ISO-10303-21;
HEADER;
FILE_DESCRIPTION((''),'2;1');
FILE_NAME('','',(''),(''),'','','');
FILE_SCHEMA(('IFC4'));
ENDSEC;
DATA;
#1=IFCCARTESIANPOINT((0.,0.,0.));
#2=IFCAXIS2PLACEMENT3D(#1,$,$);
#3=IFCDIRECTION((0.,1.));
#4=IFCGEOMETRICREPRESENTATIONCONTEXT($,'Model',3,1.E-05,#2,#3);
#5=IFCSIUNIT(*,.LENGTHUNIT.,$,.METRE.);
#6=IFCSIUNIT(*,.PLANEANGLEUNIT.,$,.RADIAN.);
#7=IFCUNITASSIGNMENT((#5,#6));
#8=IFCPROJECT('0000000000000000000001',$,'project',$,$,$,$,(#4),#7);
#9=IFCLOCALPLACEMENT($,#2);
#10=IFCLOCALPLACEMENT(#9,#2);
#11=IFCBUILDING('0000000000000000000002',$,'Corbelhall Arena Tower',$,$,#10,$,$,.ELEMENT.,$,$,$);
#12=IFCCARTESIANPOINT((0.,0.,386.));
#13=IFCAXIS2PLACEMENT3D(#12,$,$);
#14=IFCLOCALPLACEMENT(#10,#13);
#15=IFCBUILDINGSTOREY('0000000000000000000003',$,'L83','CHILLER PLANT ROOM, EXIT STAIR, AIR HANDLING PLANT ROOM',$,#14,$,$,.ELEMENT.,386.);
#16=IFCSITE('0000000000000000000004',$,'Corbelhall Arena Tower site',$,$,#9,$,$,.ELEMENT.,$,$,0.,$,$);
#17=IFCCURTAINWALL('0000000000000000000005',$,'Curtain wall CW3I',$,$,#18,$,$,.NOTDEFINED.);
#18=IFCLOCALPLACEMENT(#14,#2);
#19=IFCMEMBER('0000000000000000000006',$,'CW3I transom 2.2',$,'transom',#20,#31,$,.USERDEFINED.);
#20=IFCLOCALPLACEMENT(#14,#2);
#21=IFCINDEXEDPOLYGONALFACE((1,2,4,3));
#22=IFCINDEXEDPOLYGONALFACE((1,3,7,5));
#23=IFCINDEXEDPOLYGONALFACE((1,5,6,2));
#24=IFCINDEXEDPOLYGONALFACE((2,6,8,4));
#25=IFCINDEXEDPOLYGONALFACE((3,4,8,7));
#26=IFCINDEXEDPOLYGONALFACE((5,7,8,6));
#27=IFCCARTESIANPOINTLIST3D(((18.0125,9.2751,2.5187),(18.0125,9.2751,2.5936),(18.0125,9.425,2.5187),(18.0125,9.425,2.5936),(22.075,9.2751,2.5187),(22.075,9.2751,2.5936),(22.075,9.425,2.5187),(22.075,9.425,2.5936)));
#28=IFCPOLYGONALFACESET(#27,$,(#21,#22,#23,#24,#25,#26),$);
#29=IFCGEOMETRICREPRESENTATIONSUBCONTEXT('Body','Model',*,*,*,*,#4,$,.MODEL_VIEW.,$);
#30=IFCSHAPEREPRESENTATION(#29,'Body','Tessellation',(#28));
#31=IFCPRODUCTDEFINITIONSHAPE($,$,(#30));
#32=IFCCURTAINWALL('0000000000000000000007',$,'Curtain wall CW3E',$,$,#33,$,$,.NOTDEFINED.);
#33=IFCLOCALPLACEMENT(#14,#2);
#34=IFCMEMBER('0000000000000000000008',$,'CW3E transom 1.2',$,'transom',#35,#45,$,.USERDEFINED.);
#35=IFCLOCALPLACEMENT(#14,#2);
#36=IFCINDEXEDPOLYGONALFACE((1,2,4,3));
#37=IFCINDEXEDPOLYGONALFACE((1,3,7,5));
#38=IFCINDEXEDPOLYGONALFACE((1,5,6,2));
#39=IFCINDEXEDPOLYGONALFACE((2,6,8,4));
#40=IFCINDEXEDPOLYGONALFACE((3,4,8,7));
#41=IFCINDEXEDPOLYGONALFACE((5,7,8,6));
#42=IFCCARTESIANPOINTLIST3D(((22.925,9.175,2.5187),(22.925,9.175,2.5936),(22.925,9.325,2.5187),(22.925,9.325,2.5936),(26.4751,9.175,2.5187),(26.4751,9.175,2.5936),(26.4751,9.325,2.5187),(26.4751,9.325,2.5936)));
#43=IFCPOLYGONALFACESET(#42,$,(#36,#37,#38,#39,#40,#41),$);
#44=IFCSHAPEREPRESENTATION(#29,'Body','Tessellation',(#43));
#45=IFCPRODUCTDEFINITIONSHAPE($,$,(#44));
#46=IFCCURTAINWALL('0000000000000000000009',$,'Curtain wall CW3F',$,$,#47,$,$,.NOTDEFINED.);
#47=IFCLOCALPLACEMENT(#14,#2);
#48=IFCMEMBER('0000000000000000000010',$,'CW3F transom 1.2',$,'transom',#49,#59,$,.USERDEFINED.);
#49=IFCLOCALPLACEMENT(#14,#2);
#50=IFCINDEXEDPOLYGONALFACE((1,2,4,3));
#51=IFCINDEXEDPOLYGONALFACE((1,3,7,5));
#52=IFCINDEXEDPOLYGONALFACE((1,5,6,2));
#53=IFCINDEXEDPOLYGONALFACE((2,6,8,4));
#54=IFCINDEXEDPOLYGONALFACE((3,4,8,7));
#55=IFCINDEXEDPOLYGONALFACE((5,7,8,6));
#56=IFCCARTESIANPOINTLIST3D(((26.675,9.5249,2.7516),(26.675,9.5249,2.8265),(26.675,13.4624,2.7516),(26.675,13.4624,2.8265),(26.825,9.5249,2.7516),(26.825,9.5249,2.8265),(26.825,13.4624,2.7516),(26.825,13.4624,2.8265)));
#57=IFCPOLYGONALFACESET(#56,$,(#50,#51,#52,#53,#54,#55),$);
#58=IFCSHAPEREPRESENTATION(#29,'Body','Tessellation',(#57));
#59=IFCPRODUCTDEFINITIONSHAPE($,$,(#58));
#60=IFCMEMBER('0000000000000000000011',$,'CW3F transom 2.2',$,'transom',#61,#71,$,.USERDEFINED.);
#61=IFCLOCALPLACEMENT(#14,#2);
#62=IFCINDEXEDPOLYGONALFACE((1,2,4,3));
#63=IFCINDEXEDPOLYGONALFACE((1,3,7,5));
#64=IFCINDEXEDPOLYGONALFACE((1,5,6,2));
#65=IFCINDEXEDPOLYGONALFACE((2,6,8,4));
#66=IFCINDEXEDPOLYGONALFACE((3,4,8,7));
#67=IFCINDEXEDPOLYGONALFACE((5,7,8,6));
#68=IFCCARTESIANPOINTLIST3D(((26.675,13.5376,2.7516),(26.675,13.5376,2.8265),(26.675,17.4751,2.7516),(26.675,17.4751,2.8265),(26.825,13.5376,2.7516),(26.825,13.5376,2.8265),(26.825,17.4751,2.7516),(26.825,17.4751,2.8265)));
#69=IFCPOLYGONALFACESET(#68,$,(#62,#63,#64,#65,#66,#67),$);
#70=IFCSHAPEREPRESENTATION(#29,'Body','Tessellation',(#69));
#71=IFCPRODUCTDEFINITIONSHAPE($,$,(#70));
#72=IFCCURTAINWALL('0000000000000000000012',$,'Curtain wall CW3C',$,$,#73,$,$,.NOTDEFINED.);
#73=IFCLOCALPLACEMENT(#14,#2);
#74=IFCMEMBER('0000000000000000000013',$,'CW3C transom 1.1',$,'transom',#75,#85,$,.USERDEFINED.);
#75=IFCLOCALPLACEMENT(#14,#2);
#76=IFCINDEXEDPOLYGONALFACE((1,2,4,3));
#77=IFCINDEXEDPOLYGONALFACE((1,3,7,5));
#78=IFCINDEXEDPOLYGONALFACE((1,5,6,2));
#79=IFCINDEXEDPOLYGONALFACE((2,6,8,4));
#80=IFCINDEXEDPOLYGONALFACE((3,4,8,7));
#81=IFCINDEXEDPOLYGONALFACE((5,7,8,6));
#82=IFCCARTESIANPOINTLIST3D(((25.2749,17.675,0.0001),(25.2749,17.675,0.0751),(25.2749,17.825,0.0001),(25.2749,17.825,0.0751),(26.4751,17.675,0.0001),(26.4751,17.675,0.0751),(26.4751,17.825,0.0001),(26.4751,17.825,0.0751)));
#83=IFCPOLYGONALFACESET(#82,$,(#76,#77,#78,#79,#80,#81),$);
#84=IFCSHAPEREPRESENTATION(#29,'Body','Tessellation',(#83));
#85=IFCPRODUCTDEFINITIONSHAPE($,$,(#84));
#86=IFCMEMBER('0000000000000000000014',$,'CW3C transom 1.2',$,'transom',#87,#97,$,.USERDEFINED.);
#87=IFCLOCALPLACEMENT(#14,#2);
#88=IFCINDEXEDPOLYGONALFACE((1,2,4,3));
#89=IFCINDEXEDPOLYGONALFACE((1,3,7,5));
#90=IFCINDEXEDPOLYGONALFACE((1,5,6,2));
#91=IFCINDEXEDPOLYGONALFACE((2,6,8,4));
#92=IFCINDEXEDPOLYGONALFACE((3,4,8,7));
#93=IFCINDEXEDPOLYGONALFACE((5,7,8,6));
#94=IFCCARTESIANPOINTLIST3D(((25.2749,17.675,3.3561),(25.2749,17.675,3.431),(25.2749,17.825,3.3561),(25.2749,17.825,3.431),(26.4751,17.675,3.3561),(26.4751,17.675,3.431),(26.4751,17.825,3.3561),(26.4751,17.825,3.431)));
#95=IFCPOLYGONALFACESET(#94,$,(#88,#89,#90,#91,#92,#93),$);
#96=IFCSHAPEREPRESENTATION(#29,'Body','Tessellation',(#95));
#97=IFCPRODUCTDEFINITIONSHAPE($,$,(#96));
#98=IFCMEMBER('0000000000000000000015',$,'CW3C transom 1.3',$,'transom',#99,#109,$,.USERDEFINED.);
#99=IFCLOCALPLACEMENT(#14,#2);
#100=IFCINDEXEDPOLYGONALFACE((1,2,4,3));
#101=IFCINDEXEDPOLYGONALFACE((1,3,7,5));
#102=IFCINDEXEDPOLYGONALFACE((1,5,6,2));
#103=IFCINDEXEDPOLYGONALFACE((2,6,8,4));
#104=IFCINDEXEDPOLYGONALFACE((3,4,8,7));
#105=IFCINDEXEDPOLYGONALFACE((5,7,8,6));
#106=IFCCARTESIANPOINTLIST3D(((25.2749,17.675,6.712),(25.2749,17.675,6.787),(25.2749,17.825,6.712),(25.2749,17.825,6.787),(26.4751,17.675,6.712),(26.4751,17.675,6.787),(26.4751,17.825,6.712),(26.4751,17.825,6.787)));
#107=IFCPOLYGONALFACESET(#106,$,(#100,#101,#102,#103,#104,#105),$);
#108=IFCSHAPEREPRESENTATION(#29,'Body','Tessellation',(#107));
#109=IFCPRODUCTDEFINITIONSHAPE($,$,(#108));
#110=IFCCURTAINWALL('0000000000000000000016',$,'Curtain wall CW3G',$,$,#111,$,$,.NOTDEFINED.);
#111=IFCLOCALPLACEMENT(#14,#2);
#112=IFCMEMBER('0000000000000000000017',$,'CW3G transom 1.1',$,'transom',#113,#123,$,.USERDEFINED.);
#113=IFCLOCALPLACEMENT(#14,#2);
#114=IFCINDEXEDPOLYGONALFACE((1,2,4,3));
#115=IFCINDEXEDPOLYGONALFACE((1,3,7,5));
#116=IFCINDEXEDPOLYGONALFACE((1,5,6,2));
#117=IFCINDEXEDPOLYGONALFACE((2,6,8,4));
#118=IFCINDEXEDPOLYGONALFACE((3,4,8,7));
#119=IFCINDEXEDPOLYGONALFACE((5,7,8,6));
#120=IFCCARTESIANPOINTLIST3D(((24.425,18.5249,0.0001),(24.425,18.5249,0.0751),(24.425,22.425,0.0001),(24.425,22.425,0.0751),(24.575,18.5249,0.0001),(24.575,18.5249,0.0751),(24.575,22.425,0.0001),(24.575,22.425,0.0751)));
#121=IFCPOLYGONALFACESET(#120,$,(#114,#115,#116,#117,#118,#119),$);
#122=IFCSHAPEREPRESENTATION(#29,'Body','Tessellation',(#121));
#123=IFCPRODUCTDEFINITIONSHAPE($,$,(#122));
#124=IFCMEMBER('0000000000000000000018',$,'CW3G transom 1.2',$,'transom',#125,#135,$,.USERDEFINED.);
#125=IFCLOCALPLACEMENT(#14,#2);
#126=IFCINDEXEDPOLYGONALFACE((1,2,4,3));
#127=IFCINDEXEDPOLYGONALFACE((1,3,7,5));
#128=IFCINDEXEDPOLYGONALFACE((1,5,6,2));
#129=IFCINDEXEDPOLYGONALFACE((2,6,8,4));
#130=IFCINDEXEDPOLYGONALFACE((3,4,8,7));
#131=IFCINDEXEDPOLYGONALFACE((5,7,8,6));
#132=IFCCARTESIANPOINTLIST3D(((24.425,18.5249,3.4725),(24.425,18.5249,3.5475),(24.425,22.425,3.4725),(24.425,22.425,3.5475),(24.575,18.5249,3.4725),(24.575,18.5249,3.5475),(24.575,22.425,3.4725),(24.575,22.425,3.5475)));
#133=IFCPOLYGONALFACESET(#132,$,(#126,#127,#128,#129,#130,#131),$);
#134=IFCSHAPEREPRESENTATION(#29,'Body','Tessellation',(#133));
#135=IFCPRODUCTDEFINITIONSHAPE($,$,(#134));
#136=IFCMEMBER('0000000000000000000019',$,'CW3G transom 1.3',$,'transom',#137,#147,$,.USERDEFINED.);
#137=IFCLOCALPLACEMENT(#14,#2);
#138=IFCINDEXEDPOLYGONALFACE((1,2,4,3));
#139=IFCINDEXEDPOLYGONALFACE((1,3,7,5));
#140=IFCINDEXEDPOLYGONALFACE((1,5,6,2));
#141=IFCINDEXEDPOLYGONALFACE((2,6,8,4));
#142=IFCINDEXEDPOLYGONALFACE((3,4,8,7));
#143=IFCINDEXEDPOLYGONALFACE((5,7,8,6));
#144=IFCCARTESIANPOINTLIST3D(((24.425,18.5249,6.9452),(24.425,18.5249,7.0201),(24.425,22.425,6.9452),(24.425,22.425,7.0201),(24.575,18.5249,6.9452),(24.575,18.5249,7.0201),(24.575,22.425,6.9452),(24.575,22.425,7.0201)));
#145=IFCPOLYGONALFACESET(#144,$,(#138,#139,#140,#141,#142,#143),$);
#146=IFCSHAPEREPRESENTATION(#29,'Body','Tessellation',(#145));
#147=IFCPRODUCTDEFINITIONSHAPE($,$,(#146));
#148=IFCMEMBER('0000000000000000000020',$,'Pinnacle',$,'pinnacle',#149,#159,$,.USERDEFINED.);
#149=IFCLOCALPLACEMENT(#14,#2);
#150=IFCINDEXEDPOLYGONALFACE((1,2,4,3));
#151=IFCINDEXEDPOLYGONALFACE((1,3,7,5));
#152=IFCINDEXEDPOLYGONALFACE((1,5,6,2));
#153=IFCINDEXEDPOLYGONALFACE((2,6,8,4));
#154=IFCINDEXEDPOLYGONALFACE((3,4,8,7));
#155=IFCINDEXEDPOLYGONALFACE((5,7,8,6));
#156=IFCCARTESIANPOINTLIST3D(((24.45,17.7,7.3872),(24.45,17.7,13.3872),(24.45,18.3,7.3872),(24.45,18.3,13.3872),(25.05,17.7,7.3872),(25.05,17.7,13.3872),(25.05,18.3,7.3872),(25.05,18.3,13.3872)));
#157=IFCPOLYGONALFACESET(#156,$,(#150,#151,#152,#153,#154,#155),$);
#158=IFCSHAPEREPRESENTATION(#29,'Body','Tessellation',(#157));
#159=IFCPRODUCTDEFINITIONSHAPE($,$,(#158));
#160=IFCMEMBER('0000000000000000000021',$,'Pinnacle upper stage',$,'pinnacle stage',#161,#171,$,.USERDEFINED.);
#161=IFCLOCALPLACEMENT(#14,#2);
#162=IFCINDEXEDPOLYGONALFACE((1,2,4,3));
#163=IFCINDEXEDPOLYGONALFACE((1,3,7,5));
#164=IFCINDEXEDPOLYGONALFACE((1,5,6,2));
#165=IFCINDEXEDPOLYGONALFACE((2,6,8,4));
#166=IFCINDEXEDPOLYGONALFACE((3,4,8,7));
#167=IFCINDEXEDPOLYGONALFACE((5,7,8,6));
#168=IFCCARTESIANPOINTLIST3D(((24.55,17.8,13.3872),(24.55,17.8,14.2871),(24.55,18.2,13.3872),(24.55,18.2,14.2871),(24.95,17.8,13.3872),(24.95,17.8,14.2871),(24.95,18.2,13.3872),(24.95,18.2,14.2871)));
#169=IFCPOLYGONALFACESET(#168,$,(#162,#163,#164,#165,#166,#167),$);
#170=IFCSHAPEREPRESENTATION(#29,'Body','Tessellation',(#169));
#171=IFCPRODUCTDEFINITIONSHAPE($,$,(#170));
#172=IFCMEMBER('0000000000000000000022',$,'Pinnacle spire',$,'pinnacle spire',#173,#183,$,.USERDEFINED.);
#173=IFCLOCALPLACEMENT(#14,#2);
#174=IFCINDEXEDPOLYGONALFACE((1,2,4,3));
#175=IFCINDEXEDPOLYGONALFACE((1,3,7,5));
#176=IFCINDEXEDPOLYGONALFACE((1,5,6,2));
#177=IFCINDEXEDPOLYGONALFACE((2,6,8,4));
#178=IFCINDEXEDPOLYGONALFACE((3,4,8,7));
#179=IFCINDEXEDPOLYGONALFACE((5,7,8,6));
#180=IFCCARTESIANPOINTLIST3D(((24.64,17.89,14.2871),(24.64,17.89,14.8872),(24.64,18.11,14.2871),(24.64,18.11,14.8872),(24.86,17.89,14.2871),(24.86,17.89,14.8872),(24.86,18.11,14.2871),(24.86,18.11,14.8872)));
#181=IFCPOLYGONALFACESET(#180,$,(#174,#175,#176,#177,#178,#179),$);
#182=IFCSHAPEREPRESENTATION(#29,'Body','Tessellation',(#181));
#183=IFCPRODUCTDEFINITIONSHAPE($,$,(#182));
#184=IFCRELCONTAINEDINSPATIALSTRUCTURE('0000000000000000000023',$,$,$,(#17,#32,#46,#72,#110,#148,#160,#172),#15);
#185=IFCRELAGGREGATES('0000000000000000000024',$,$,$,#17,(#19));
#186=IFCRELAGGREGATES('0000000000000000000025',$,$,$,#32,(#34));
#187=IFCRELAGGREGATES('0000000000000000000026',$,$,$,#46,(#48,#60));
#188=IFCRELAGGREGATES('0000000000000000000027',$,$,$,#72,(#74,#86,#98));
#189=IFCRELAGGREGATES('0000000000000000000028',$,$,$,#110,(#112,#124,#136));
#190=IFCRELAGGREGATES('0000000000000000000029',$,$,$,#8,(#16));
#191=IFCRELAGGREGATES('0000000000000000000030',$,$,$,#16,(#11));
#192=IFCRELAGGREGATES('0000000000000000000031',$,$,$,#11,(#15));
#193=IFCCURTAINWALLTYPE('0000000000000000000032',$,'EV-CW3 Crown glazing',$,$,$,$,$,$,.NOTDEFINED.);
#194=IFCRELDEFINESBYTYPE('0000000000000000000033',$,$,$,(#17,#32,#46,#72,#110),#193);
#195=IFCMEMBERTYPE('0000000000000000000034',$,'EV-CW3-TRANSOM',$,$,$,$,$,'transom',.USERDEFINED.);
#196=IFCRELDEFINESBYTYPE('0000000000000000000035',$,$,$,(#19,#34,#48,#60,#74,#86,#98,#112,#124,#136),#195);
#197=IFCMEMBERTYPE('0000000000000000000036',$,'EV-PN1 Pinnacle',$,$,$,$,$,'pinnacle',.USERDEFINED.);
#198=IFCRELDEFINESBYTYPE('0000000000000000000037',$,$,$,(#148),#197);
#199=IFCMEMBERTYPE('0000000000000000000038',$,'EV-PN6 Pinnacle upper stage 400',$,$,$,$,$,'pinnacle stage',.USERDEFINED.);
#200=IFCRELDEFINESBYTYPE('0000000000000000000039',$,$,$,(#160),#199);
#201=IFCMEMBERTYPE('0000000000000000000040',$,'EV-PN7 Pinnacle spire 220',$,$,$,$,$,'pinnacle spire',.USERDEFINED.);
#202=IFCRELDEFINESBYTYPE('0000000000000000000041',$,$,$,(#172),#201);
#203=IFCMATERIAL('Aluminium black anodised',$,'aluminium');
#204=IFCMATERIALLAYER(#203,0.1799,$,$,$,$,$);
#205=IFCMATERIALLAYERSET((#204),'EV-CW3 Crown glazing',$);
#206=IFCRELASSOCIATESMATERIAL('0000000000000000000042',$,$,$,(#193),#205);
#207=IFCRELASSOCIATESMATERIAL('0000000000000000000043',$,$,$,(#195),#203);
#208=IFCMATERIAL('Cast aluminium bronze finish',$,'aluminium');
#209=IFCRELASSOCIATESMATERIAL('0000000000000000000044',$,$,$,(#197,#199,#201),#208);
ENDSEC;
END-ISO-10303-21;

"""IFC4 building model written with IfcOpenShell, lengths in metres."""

from ifc_helpers import new_model, si_unit, direction, frame, origin, origin_2d, place, context, subcontext, project, spatial, rectangle, extrude, material, layer, layer_set, material_profile, profile_set, type_object, element, aggregate, save


model = new_model("IFC4")

# Units and contexts
model_context = context("Model", 3, precision=1e-05, world=origin(), true_north=direction((0.0, 1.0)))
body_context = subcontext(model_context, "Body", "Model", "MODEL_VIEW")
ifc_project = project(units=[si_unit("LENGTHUNIT", "METRE"), si_unit("PLANEANGLEUNIT", "RADIAN")], contexts=[model_context])

# Site, building, storey
site_placement = place(None, origin())
site = spatial("IfcSite", under=ifc_project, at=site_placement, Name="Corbelhall Arena Tower site", CompositionType="ELEMENT", RefElevation=0.0)
building_placement = place(site_placement, origin())
building = spatial("IfcBuilding", under=site, at=building_placement, Name="Corbelhall Arena Tower", CompositionType="ELEMENT")
storey_placement = place(building_placement, frame((0.0, 0.0, 386.0)))
storey = spatial("IfcBuildingStorey", under=building, at=storey_placement, Name="L83", Description="CHILLER PLANT ROOM, EXIT STAIR, AIR HANDLING PLANT ROOM", CompositionType="ELEMENT", Elevation=386.0)

# Curtain walls, members
ifc_material_1 = material(Name="Aluminium black anodised", Category="aluminium")
ifc_layer_1 = layer(ifc_material_1, 0.1799)
ifc_layer_set_1 = layer_set([ifc_layer_1], Name="EV-CW3 Crown glazing")
curtain_wall_type = type_object("IfcCurtainWallType", Name="EV-CW3 Crown glazing", PredefinedType="NOTDEFINED", material=ifc_layer_set_1)
curtain_wall_1_placement = place(storey_placement, origin())
curtain_wall_1 = element("IfcCurtainWall", 1, at=curtain_wall_1_placement, inside=storey, type_object=curtain_wall_type, Name="Curtain wall CW3I", PredefinedType="NOTDEFINED")
ifc_material_profile_1 = material_profile(ifc_material_1, rectangle(XDim=0.1499, YDim=0.075, at=origin_2d()))
ifc_profile_set_1 = profile_set([ifc_material_profile_1], Name="Aluminium black anodised")
member_type_1 = type_object("IfcMemberType", Name="EV-CW3-TRANSOM", ElementType="transom", PredefinedType="USERDEFINED", material=ifc_profile_set_1)
member_1_placement = place(storey_placement, frame((18.0125, 9.3501, 2.5562), z_axis=(1.0, 0.0, 0.0), x_axis=(0.0, 1.0, 0.0)))
member_1 = element("IfcMember", 2, at=member_1_placement, type_object=member_type_1, Name="CW3I transom 2.2", ObjectType="transom", PredefinedType="USERDEFINED", context=body_context, shape_type="SweptSolid", body=[
    extrude(rectangle(XDim=0.1499, YDim=0.075, at=origin_2d()), origin(), (0.0, 0.0, 1.0), 4.0625),
])
curtain_wall_2_placement = place(storey_placement, origin())
curtain_wall_2 = element("IfcCurtainWall", 3, at=curtain_wall_2_placement, inside=storey, type_object=curtain_wall_type, Name="Curtain wall CW3E", PredefinedType="NOTDEFINED")
member_2_placement = place(storey_placement, frame((22.925, 9.25, 2.5562), z_axis=(1.0, 0.0, 0.0), x_axis=(0.0, 1.0, 0.0)))
member_2 = element("IfcMember", 4, at=member_2_placement, type_object=member_type_1, Name="CW3E transom 1.2", ObjectType="transom", PredefinedType="USERDEFINED", context=body_context, shape_type="SweptSolid", body=[
    extrude(rectangle(XDim=0.1499, YDim=0.075, at=origin_2d()), origin(), (0.0, 0.0, 1.0), 3.55),
])

# Curtain walls, members
curtain_wall_3_placement = place(storey_placement, origin())
curtain_wall_3 = element("IfcCurtainWall", 5, at=curtain_wall_3_placement, inside=storey, type_object=curtain_wall_type, Name="Curtain wall CW3F", PredefinedType="NOTDEFINED")
member_3_placement = place(storey_placement, frame((26.75, 9.5249, 2.7891), z_axis=(0.0, 1.0, 0.0), x_axis=(-1.0, 0.0, 0.0)))
member_3 = element("IfcMember", 6, at=member_3_placement, type_object=member_type_1, Name="CW3F transom 1.2", ObjectType="transom", PredefinedType="USERDEFINED", context=body_context, shape_type="SweptSolid", body=[
    extrude(rectangle(XDim=0.1499, YDim=0.075, at=origin_2d()), origin(), (0.0, 0.0, 1.0), 3.9375),
])
member_4_placement = place(storey_placement, frame((26.75, 13.5376, 2.7891), z_axis=(0.0, 1.0, 0.0), x_axis=(-1.0, 0.0, 0.0)))
member_4 = element("IfcMember", 7, at=member_4_placement, type_object=member_type_1, Name="CW3F transom 2.2", ObjectType="transom", PredefinedType="USERDEFINED", context=body_context, shape_type="SweptSolid", body=[
    extrude(rectangle(XDim=0.1499, YDim=0.075, at=origin_2d()), origin(), (0.0, 0.0, 1.0), 3.9375),
])
curtain_wall_4_placement = place(storey_placement, origin())
curtain_wall_4 = element("IfcCurtainWall", 8, at=curtain_wall_4_placement, inside=storey, type_object=curtain_wall_type, Name="Curtain wall CW3C", PredefinedType="NOTDEFINED")
member_5_placement = place(storey_placement, frame((26.4751, 17.75, 0.0376), z_axis=(-1.0, 0.0, 0.0), x_axis=(0.0, -1.0, 0.0)))
member_5 = element("IfcMember", 9, at=member_5_placement, type_object=member_type_1, Name="CW3C transom 1.1", ObjectType="transom", PredefinedType="USERDEFINED", context=body_context, shape_type="SweptSolid", body=[
    extrude(rectangle(XDim=0.1499, YDim=0.075, at=origin_2d()), origin(), (0.0, 0.0, 1.0), 1.2002),
])
member_6_placement = place(storey_placement, frame((26.4751, 17.75, 3.3936), z_axis=(-1.0, 0.0, 0.0), x_axis=(0.0, -1.0, 0.0)))
member_6 = element("IfcMember", 10, at=member_6_placement, type_object=member_type_1, Name="CW3C transom 1.2", ObjectType="transom", PredefinedType="USERDEFINED", context=body_context, shape_type="SweptSolid", body=[
    extrude(rectangle(XDim=0.1499, YDim=0.075, at=origin_2d()), origin(), (0.0, 0.0, 1.0), 1.2002),
])
member_7_placement = place(storey_placement, frame((26.4751, 17.75, 6.7495), z_axis=(-1.0, 0.0, 0.0), x_axis=(0.0, -1.0, 0.0)))
member_7 = element("IfcMember", 11, at=member_7_placement, type_object=member_type_1, Name="CW3C transom 1.3", ObjectType="transom", PredefinedType="USERDEFINED", context=body_context, shape_type="SweptSolid", body=[
    extrude(rectangle(XDim=0.1499, YDim=0.075, at=origin_2d()), origin(), (0.0, 0.0, 1.0), 1.2002),
])
curtain_wall_5_placement = place(storey_placement, origin())
curtain_wall_5 = element("IfcCurtainWall", 12, at=curtain_wall_5_placement, inside=storey, type_object=curtain_wall_type, Name="Curtain wall CW3G", PredefinedType="NOTDEFINED")
member_8_placement = place(storey_placement, frame((24.5, 18.5249, 0.0376), z_axis=(0.0, 1.0, 0.0), x_axis=(-1.0, 0.0, 0.0)))
member_8 = element("IfcMember", 13, at=member_8_placement, type_object=member_type_1, Name="CW3G transom 1.1", ObjectType="transom", PredefinedType="USERDEFINED", context=body_context, shape_type="SweptSolid", body=[
    extrude(rectangle(XDim=0.1499, YDim=0.075, at=origin_2d()), origin(), (0.0, 0.0, 1.0), 3.9001),
])
member_9_placement = place(storey_placement, frame((24.5, 18.5249, 3.51), z_axis=(0.0, 1.0, 0.0), x_axis=(-1.0, 0.0, 0.0)))
member_9 = element("IfcMember", 14, at=member_9_placement, type_object=member_type_1, Name="CW3G transom 1.2", ObjectType="transom", PredefinedType="USERDEFINED", context=body_context, shape_type="SweptSolid", body=[
    extrude(rectangle(XDim=0.1499, YDim=0.075, at=origin_2d()), origin(), (0.0, 0.0, 1.0), 3.9001),
])
member_10_placement = place(storey_placement, frame((24.5, 18.5249, 6.9827), z_axis=(0.0, 1.0, 0.0), x_axis=(-1.0, 0.0, 0.0)))
member_10 = element("IfcMember", 15, at=member_10_placement, type_object=member_type_1, Name="CW3G transom 1.3", ObjectType="transom", PredefinedType="USERDEFINED", context=body_context, shape_type="SweptSolid", body=[
    extrude(rectangle(XDim=0.1499, YDim=0.075, at=origin_2d()), origin(), (0.0, 0.0, 1.0), 3.9001),
])

# Members
ifc_material_2 = material(Name="Cast aluminium bronze finish", Category="aluminium")
ifc_material_profile_2 = material_profile(ifc_material_2, rectangle(XDim=0.6001, YDim=0.6001, at=origin_2d()))
ifc_profile_set_2 = profile_set([ifc_material_profile_2], Name="Cast aluminium bronze finish")
member_type_2 = type_object("IfcMemberType", Name="EV-PN1 Pinnacle", ElementType="pinnacle", PredefinedType="USERDEFINED", material=ifc_profile_set_2)
member_11_placement = place(storey_placement, frame((24.75, 18.0, 7.3872), z_axis=(0.0, 0.0, 1.0), x_axis=(1.0, 0.0, 0.0)))
element("IfcMember", 16, at=member_11_placement, inside=storey, type_object=member_type_2, Name="Pinnacle", ObjectType="pinnacle", PredefinedType="USERDEFINED", context=body_context, shape_type="SweptSolid", body=[
    extrude(rectangle(XDim=0.6001, YDim=0.6001, at=origin_2d()), origin(), (0.0, 0.0, 1.0), 6.0),
])
ifc_material_profile_3 = material_profile(ifc_material_2, rectangle(XDim=0.3999, YDim=0.3999, at=origin_2d()))
ifc_profile_set_3 = profile_set([ifc_material_profile_3], Name="Cast aluminium bronze finish")
member_type_3 = type_object("IfcMemberType", Name="EV-PN6 Pinnacle upper stage 400", ElementType="pinnacle stage", PredefinedType="USERDEFINED", material=ifc_profile_set_3)
member_12_placement = place(storey_placement, frame((24.75, 18.0, 13.3872), z_axis=(0.0, 0.0, 1.0), x_axis=(1.0, 0.0, 0.0)))
element("IfcMember", 17, at=member_12_placement, inside=storey, type_object=member_type_3, Name="Pinnacle upper stage", ObjectType="pinnacle stage", PredefinedType="USERDEFINED", context=body_context, shape_type="SweptSolid", body=[
    extrude(rectangle(XDim=0.3999, YDim=0.3999, at=origin_2d()), origin(), (0.0, 0.0, 1.0), 0.8999),
])
ifc_material_profile_4 = material_profile(ifc_material_2, rectangle(XDim=0.22, YDim=0.22, at=origin_2d()))
ifc_profile_set_4 = profile_set([ifc_material_profile_4], Name="Cast aluminium bronze finish")
member_type_4 = type_object("IfcMemberType", Name="EV-PN7 Pinnacle spire 220", ElementType="pinnacle spire", PredefinedType="USERDEFINED", material=ifc_profile_set_4)
member_13_placement = place(storey_placement, frame((24.75, 18.0, 14.2871), z_axis=(0.0, 0.0, 1.0), x_axis=(1.0, 0.0, 0.0)))
element("IfcMember", 18, at=member_13_placement, inside=storey, type_object=member_type_4, Name="Pinnacle spire", ObjectType="pinnacle spire", PredefinedType="USERDEFINED", context=body_context, shape_type="SweptSolid", body=[
    extrude(rectangle(XDim=0.22, YDim=0.22, at=origin_2d()), origin(), (0.0, 0.0, 1.0), 0.6001),
])

aggregate(curtain_wall_1, [member_1])
aggregate(curtain_wall_2, [member_2])
aggregate(curtain_wall_3, [member_3, member_4])
aggregate(curtain_wall_4, [member_5, member_6, member_7])
aggregate(curtain_wall_5, [member_8, member_9, member_10])

save(model, "model.ifc")
